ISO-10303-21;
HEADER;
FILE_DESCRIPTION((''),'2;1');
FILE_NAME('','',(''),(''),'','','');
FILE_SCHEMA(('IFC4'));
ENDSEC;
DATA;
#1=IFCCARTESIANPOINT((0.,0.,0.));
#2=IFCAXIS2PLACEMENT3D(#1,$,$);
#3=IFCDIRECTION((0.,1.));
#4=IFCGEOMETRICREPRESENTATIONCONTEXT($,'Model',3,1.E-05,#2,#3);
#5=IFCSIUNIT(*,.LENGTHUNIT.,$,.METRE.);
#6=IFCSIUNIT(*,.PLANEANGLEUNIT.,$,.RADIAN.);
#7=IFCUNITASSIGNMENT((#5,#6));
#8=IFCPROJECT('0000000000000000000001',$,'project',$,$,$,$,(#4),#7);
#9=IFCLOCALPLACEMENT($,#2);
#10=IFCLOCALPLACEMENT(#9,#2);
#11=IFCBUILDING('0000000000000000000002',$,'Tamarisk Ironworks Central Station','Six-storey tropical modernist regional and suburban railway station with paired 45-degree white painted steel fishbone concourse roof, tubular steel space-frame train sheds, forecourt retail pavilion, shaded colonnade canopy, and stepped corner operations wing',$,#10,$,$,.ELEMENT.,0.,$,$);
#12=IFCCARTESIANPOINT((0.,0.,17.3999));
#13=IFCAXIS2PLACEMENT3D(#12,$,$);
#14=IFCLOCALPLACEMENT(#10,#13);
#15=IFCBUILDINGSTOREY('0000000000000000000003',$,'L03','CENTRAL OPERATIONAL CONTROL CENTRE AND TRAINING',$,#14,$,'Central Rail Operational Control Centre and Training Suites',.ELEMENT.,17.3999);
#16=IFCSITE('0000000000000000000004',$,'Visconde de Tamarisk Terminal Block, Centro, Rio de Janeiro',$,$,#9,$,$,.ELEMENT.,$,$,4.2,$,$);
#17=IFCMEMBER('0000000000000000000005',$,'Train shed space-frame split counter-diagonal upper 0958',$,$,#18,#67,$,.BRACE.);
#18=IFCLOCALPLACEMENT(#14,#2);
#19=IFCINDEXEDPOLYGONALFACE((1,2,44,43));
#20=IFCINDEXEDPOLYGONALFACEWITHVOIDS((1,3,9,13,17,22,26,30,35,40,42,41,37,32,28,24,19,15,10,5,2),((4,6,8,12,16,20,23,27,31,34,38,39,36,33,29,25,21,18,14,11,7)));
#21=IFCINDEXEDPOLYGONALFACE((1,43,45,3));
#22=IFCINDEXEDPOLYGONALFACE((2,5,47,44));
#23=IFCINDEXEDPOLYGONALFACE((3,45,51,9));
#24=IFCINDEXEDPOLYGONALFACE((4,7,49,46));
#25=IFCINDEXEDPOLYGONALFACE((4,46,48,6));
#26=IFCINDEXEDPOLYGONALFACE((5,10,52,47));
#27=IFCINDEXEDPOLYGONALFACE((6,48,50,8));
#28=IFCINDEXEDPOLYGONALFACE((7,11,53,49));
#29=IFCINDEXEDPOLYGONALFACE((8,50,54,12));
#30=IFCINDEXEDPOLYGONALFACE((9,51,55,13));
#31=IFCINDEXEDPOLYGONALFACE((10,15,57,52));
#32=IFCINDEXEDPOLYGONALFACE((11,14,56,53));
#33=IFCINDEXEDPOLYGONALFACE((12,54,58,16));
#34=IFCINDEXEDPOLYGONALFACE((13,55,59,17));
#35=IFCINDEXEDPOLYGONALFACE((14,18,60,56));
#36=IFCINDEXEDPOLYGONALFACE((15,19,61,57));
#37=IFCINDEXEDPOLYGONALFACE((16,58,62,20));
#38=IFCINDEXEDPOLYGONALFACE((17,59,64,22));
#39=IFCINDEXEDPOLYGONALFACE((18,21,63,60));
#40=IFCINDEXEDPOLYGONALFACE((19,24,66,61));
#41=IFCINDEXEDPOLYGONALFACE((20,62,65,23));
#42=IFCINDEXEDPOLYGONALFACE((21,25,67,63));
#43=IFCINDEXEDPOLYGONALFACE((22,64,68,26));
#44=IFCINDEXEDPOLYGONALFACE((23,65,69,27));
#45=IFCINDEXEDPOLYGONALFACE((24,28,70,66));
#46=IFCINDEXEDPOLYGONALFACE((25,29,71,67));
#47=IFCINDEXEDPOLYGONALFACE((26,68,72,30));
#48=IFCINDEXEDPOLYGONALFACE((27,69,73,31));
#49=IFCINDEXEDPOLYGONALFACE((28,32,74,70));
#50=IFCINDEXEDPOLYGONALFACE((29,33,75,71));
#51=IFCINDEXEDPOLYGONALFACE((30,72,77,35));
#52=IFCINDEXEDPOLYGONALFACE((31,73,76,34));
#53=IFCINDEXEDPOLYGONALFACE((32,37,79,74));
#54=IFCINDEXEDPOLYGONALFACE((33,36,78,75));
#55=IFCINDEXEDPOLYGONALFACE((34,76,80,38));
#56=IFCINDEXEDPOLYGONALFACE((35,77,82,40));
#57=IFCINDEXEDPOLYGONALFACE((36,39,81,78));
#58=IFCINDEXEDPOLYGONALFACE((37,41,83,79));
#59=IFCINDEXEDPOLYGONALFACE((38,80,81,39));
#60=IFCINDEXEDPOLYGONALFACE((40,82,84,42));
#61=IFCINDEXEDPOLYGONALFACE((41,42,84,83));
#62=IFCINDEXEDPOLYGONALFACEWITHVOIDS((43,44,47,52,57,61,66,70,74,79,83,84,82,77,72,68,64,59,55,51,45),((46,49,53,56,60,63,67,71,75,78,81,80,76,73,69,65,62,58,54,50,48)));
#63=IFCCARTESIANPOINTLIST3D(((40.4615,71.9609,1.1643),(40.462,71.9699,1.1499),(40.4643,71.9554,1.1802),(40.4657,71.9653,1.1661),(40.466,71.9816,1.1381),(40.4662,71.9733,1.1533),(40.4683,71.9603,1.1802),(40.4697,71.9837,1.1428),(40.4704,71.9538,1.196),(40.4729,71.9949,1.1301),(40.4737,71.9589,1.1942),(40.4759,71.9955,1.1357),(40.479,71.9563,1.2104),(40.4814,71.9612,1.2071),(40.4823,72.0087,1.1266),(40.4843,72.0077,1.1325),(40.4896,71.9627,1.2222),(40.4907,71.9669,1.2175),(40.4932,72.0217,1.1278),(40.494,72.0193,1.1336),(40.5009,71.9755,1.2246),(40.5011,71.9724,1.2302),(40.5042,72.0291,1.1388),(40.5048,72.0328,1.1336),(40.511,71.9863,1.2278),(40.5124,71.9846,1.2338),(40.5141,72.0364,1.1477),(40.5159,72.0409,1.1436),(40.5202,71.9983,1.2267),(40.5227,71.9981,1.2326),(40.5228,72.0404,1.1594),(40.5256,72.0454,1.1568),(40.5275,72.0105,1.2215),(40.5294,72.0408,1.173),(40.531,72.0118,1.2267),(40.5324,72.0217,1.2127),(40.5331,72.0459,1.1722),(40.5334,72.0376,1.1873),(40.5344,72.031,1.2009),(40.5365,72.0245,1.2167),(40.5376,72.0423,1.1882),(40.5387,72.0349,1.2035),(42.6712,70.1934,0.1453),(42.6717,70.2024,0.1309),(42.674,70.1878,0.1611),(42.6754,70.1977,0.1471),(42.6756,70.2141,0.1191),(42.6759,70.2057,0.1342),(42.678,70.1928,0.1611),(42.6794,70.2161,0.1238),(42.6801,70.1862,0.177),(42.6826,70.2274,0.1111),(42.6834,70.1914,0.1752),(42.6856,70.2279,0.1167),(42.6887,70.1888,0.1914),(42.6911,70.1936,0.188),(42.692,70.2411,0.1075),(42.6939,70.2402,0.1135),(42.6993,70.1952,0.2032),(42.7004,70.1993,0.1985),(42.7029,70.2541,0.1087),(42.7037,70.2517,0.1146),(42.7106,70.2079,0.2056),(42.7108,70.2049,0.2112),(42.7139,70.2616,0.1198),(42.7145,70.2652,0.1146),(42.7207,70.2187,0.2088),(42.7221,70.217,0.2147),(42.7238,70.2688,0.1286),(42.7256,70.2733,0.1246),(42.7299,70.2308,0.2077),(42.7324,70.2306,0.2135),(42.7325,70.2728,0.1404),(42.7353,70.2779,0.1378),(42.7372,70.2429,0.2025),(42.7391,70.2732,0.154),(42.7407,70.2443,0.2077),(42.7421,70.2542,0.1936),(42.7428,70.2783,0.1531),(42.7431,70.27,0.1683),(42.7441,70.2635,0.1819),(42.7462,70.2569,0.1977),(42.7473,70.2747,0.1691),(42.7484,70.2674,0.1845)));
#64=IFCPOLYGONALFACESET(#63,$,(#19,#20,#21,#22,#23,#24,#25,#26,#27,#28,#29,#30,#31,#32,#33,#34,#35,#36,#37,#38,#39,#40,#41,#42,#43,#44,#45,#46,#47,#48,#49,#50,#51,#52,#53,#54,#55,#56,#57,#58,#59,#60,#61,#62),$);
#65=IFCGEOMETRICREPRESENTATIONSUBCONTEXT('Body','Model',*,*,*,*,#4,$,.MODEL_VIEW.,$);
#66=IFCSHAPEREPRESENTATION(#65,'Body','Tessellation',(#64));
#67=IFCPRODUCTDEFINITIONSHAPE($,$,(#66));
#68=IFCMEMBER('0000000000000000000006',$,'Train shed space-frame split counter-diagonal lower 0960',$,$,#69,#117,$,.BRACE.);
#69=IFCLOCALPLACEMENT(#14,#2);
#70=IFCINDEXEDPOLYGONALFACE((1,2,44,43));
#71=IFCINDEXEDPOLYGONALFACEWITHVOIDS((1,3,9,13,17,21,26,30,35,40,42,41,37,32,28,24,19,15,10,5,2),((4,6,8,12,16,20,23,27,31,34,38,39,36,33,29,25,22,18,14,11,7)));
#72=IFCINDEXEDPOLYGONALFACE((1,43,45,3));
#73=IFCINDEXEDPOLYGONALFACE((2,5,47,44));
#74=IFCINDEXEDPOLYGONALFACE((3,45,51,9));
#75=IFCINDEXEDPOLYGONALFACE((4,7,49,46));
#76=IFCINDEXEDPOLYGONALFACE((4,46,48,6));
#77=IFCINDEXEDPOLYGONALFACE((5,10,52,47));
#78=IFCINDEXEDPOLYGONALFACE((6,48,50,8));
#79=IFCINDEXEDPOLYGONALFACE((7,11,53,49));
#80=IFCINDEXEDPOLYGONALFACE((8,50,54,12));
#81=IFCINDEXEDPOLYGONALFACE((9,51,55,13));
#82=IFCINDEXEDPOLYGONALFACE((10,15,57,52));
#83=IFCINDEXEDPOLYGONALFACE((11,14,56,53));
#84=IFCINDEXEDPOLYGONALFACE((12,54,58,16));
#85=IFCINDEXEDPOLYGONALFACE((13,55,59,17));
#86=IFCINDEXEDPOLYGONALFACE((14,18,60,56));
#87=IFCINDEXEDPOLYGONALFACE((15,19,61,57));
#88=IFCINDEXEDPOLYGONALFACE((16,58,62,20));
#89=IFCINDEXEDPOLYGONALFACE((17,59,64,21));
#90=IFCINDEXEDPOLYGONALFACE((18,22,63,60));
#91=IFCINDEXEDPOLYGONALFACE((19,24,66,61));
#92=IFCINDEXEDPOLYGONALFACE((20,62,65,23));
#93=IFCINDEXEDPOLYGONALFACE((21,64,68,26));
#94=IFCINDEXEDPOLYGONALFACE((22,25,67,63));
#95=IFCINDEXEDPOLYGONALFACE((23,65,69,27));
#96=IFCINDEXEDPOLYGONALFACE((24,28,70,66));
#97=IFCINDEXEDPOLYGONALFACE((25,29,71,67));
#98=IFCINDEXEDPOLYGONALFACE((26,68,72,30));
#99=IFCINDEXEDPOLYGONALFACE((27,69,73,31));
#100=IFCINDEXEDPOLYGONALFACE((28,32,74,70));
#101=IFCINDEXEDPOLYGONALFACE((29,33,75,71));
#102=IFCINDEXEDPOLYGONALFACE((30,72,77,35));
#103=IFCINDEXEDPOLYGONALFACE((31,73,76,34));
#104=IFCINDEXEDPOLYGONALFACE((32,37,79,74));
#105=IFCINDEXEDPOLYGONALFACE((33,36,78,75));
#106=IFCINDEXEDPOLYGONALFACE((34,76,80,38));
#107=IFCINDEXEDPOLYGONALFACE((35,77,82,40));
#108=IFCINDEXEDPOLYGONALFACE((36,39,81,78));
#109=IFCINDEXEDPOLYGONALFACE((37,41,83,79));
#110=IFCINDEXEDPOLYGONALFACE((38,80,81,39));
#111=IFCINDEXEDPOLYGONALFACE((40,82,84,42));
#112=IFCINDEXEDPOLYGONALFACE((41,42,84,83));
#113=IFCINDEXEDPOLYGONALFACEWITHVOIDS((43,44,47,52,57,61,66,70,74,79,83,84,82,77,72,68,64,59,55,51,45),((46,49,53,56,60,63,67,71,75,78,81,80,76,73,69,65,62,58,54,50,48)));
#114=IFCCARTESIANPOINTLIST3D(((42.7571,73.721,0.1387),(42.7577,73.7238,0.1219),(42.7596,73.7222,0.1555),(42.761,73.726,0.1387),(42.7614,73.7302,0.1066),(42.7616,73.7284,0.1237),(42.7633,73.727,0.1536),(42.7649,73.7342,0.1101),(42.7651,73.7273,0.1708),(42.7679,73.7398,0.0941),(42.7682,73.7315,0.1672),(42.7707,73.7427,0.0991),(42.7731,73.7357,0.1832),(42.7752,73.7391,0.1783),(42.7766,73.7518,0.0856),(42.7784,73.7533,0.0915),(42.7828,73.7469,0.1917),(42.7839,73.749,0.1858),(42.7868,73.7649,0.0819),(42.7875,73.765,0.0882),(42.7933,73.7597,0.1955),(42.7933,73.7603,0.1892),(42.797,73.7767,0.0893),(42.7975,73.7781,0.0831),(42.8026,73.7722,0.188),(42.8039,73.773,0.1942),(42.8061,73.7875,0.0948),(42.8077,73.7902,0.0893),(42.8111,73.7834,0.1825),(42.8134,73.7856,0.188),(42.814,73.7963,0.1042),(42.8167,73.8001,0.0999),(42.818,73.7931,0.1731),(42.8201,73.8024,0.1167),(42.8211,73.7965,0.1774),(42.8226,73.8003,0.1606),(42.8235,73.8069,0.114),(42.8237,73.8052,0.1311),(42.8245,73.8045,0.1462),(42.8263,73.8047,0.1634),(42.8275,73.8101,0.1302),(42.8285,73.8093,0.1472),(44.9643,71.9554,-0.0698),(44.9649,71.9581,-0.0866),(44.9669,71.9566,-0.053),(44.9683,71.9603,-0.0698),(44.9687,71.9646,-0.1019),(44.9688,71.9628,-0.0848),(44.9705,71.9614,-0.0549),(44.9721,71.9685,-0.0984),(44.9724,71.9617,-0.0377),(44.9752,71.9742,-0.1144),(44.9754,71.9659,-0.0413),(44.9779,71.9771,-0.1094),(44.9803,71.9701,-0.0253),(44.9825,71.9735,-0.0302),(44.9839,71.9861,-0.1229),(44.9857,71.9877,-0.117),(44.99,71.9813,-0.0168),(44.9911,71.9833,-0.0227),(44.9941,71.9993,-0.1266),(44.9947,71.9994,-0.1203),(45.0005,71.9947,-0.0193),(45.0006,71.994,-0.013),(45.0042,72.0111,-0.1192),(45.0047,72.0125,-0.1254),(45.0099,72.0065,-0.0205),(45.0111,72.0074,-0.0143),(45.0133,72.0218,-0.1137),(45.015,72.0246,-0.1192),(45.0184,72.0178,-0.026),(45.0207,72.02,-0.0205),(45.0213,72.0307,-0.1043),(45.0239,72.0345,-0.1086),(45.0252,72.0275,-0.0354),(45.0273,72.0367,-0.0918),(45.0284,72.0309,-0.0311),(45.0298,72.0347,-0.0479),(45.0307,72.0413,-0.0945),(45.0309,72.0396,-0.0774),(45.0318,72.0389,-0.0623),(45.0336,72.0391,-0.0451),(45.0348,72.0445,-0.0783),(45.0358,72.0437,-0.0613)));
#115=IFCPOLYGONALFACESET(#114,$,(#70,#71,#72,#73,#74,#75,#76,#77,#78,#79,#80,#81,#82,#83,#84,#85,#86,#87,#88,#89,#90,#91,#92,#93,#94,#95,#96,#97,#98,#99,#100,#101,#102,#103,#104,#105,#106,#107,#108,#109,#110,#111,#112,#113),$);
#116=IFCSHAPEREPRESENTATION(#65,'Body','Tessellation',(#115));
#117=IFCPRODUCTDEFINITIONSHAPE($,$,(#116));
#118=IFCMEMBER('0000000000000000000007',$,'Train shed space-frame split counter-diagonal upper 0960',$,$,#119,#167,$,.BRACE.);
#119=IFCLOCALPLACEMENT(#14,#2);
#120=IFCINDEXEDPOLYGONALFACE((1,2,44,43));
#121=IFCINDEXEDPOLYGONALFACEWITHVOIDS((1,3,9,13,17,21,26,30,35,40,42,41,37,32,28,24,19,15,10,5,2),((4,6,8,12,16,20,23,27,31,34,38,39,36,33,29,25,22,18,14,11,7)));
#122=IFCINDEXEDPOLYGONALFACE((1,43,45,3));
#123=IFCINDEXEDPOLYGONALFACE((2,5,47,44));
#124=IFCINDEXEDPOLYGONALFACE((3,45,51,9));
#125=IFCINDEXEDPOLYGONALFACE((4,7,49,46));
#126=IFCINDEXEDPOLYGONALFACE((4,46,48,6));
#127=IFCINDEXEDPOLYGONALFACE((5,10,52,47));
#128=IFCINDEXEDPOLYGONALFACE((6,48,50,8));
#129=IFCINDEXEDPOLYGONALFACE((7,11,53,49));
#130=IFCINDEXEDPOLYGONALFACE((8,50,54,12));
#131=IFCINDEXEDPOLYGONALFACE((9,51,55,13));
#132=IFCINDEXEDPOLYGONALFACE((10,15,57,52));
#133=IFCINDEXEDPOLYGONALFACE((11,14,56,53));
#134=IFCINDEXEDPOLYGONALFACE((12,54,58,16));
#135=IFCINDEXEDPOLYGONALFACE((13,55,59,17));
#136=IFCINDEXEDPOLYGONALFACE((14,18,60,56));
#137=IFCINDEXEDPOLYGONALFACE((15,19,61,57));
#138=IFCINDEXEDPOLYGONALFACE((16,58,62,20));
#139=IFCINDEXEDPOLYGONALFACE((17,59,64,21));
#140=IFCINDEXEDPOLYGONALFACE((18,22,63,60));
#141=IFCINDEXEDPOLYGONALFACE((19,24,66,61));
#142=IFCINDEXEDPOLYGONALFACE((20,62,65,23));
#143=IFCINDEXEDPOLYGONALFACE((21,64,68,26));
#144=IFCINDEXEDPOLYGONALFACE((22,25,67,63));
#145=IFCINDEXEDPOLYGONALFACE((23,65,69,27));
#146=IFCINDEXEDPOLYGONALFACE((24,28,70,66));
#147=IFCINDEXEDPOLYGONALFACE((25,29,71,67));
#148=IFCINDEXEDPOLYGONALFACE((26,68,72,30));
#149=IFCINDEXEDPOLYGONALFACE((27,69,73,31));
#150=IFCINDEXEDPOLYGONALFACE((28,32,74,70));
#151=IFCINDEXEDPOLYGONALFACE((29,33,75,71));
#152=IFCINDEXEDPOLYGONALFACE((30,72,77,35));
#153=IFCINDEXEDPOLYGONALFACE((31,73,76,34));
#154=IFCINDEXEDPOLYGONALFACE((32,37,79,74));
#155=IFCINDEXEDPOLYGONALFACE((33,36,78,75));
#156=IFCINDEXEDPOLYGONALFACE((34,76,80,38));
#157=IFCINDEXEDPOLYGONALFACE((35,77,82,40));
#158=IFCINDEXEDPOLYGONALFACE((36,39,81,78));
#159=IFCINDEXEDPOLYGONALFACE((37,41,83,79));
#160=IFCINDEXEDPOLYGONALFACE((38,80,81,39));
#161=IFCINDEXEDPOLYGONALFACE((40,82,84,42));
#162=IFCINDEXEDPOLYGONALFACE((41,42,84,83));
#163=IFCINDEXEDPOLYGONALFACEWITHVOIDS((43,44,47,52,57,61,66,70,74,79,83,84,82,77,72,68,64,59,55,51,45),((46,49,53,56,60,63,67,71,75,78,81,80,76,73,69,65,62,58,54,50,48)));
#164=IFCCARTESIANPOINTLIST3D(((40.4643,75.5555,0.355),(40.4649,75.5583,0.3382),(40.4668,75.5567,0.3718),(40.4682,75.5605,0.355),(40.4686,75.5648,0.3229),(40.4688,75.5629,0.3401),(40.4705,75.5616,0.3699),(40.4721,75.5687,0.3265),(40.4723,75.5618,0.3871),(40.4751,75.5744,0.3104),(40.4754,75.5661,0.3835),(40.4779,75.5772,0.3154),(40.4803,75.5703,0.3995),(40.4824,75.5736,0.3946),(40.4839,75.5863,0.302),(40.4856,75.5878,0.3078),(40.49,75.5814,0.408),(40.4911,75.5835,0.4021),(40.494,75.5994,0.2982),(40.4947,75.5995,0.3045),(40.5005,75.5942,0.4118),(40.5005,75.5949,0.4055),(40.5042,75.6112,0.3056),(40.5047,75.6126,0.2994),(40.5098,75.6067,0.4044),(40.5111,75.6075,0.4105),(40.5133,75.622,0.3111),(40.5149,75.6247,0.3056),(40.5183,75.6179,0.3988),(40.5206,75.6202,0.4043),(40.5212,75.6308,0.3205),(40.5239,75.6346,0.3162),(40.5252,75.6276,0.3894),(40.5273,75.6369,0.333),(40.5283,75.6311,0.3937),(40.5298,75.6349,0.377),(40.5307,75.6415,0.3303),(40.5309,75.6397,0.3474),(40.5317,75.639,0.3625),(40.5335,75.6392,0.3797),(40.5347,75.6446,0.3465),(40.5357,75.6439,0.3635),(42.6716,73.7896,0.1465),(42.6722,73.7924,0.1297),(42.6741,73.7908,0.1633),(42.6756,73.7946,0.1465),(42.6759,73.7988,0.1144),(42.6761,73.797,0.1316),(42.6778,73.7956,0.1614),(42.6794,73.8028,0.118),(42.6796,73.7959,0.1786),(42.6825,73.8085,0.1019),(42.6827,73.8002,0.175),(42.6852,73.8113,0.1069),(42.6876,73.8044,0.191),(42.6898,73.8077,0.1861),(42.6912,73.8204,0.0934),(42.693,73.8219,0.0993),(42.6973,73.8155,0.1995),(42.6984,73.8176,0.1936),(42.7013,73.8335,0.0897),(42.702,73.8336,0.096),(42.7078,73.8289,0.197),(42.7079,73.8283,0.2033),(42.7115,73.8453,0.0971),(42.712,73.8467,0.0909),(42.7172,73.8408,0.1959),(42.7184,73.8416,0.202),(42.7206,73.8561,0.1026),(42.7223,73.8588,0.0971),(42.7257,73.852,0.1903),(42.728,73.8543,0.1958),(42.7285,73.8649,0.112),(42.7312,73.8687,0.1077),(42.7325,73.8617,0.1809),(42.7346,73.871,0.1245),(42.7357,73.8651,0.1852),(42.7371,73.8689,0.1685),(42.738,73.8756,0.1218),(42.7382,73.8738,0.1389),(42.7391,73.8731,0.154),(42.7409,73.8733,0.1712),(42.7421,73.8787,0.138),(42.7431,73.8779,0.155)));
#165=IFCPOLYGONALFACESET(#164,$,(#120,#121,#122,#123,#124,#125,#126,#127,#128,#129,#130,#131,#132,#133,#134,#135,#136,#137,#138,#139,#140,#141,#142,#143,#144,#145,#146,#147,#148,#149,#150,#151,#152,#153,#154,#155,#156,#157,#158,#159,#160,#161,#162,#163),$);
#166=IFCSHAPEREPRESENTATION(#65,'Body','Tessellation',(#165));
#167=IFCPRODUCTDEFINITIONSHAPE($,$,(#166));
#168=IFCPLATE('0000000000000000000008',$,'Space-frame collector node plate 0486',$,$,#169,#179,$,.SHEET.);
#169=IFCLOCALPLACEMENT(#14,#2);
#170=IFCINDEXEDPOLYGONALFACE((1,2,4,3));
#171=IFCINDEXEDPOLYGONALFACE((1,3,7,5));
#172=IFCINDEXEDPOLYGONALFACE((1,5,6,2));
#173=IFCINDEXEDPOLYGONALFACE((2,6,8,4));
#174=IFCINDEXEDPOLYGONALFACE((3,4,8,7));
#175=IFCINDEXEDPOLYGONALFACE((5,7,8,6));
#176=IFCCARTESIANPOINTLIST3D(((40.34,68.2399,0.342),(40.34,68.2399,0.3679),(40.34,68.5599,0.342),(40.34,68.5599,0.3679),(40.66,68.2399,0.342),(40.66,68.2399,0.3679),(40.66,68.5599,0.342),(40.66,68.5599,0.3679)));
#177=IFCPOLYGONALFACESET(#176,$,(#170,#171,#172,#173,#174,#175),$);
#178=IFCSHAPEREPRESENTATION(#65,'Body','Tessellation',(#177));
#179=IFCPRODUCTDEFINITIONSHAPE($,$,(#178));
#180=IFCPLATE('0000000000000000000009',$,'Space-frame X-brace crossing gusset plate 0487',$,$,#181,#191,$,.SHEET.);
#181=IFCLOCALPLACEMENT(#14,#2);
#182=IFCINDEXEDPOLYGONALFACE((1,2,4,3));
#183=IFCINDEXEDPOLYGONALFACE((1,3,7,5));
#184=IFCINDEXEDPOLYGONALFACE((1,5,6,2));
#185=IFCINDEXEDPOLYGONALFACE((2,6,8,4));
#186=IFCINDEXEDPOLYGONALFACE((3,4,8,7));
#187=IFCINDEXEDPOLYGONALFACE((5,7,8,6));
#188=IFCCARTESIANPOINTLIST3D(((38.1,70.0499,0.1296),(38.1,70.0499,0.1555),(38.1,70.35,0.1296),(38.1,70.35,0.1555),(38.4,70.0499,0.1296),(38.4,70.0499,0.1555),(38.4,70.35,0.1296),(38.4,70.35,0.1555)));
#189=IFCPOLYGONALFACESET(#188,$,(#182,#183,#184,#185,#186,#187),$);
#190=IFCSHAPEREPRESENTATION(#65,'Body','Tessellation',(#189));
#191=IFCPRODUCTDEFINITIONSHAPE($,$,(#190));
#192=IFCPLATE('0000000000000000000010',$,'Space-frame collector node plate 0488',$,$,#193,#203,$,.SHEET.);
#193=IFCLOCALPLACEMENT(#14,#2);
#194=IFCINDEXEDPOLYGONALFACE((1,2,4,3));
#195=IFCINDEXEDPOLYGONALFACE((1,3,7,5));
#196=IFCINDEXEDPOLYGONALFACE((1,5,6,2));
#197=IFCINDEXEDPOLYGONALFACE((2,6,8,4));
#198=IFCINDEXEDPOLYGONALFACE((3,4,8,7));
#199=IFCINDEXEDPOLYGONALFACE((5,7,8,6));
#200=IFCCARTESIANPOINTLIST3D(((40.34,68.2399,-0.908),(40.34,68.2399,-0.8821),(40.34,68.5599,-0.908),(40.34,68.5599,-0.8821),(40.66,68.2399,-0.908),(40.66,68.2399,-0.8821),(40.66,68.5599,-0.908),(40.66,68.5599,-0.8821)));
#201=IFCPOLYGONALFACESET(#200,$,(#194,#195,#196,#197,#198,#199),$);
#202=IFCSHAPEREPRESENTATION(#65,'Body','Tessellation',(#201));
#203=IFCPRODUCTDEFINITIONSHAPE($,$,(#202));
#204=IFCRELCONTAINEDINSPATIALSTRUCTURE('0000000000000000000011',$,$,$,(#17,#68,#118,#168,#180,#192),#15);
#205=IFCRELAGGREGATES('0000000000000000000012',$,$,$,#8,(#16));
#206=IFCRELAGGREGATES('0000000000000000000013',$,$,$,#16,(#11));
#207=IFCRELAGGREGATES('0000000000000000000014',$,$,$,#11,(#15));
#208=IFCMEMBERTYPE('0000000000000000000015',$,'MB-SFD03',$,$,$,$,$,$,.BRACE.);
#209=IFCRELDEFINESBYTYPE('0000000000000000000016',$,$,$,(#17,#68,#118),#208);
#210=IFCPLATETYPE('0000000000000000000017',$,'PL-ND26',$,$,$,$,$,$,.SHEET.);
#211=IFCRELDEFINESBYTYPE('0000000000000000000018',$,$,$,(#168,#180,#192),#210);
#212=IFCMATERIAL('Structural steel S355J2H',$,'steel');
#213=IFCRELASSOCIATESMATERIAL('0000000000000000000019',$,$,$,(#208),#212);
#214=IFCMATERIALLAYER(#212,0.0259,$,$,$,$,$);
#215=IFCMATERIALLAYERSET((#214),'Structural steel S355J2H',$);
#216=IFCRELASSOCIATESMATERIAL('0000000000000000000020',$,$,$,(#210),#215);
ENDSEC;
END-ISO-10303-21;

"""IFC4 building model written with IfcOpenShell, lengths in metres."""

from ifc_helpers import new_model, si_unit, direction, frame, origin, origin_2d, place, context, subcontext, project, spatial, rectangle, hollow_circle, extrude, material, layer, layer_set, material_profile, profile_set, type_object, element, save


model = new_model("IFC4")

# Units and contexts
model_context = context("Model", 3, precision=1e-05, world=origin(), true_north=direction((0.0, 1.0)))
body_context = subcontext(model_context, "Body", "Model", "MODEL_VIEW")
ifc_project = project(units=[si_unit("LENGTHUNIT", "METRE"), si_unit("PLANEANGLEUNIT", "RADIAN")], contexts=[model_context])

# Site, building, storey
site_placement = place(None, origin())
site = spatial("IfcSite", under=ifc_project, at=site_placement, Name="Visconde de Tamarisk Terminal Block, Centro, Rio de Janeiro", CompositionType="ELEMENT", RefElevation=4.2)
building_placement = place(site_placement, origin())
building = spatial("IfcBuilding", under=site, at=building_placement, Name="Tamarisk Ironworks Central Station", Description="Six-storey tropical modernist regional and suburban railway station with paired 45-degree white painted steel fishbone concourse roof, tubular steel space-frame train sheds, forecourt retail pavilion, shaded colonnade canopy, and stepped corner operations wing", CompositionType="ELEMENT", ElevationOfRefHeight=0.0)
storey_placement = place(building_placement, frame((0.0, 0.0, 17.3999)))
storey = spatial("IfcBuildingStorey", under=building, at=storey_placement, Name="L03", Description="CENTRAL OPERATIONAL CONTROL CENTRE AND TRAINING", LongName="Central Rail Operational Control Centre and Training Suites", CompositionType="ELEMENT", Elevation=17.3999)

# Members
ifc_material_1 = material(Name="Structural steel S355J2H", Category="steel")
ifc_material_profile_1 = material_profile(ifc_material_1, hollow_circle(Radius=0.0571, WallThickness=0.0063, at=origin_2d()), Name="CHS 114.3x6.3")
ifc_profile_set_1 = profile_set([ifc_material_profile_1], Name="Structural steel S355J2H")
member_type_1 = type_object("IfcMemberType", Name="MB-SFD03", PredefinedType="BRACE", material=ifc_profile_set_1)
member_1_placement = place(storey_placement, frame((42.7097, 70.2324, 0.1611), z_axis=(-0.734712, 0.587705, 0.338823), x_axis=(-0.624653, -0.780902, 0.0)))
element("IfcMember", 1, at=member_1_placement, inside=storey, type_object=member_type_1, Name="Train shed space-frame split counter-diagonal upper 0958", PredefinedType="BRACE", context=body_context, shape_type="SweptSolid", body=[
    extrude(hollow_circle(Radius=0.0571, WallThickness=0.0063, at=origin_2d()), origin(), (0.0, 0.0, 1.0), 3.0076),
])
member_2_placement = place(storey_placement, frame((45.0, 72.0, -0.0698), z_axis=(-0.778787, 0.62296, 0.073563), x_axis=(-0.624653, -0.780903, 0.0)))
element("IfcMember", 2, at=member_2_placement, inside=storey, type_object=member_type_1, Name="Train shed space-frame split counter-diagonal lower 0960", PredefinedType="BRACE", context=body_context, shape_type="SweptSolid", body=[
    extrude(hollow_circle(Radius=0.0571, WallThickness=0.0063, at=origin_2d()), origin(), (0.0, 0.0, 1.0), 2.8342),
])
member_3_placement = place(storey_placement, frame((42.7073, 73.8342, 0.1465), z_axis=(-0.778745, 0.623013, 0.073559), x_axis=(-0.624706, -0.78086, 0.0)))
element("IfcMember", 3, at=member_3_placement, inside=storey, type_object=member_type_1, Name="Train shed space-frame split counter-diagonal upper 0960", PredefinedType="BRACE", context=body_context, shape_type="SweptSolid", body=[
    extrude(hollow_circle(Radius=0.0571, WallThickness=0.0063, at=origin_2d()), origin(), (0.0, 0.0, 1.0), 2.8345),
])

# Plates
ifc_layer = layer(ifc_material_1, 0.0259)
ifc_layer_set = layer_set([ifc_layer], Name="Structural steel S355J2H")
plate_type = type_object("IfcPlateType", Name="PL-ND26", PredefinedType="SHEET", material=ifc_layer_set)
plate_1_placement = place(storey_placement, frame((40.5, 68.3999, 0.342), z_axis=(0.0, 0.0, 1.0), x_axis=(1.0, 0.0, 0.0)))
element("IfcPlate", 4, at=plate_1_placement, inside=storey, type_object=plate_type, Name="Space-frame collector node plate 0486", PredefinedType="SHEET", context=body_context, shape_type="SweptSolid", body=[
    extrude(rectangle(XDim=0.3201, YDim=0.3201, at=origin_2d()), origin(), (0.0, 0.0, 1.0), 0.0259),
])
plate_2_placement = place(storey_placement, frame((38.25, 70.2, 0.1296), z_axis=(0.0, 0.0, 1.0), x_axis=(1.0, 0.0, 0.0)))
element("IfcPlate", 5, at=plate_2_placement, inside=storey, type_object=plate_type, Name="Space-frame X-brace crossing gusset plate 0487", PredefinedType="SHEET", context=body_context, shape_type="SweptSolid", body=[
    extrude(rectangle(XDim=0.3, YDim=0.3, at=origin_2d()), origin(), (0.0, 0.0, 1.0), 0.0259),
])
for number, where, z_axis, x_axis, name in (
    (6, (40.5, 68.3999, -0.908), (0.0, 0.0, 1.0), (1.0, 0.0, 0.0), "Space-frame collector node plate 0488"),
):
    element("IfcPlate", number, at=place(storey_placement, frame(where, z_axis=z_axis, x_axis=x_axis)), inside=storey, type_object=plate_type, Name=name, PredefinedType="SHEET", context=body_context, shape_type="SweptSolid", body=[
        extrude(rectangle(XDim=0.3201, YDim=0.3201, at=origin_2d()), origin(), (0.0, 0.0, 1.0), 0.0259),
    ])

save(model, "model.ifc")
